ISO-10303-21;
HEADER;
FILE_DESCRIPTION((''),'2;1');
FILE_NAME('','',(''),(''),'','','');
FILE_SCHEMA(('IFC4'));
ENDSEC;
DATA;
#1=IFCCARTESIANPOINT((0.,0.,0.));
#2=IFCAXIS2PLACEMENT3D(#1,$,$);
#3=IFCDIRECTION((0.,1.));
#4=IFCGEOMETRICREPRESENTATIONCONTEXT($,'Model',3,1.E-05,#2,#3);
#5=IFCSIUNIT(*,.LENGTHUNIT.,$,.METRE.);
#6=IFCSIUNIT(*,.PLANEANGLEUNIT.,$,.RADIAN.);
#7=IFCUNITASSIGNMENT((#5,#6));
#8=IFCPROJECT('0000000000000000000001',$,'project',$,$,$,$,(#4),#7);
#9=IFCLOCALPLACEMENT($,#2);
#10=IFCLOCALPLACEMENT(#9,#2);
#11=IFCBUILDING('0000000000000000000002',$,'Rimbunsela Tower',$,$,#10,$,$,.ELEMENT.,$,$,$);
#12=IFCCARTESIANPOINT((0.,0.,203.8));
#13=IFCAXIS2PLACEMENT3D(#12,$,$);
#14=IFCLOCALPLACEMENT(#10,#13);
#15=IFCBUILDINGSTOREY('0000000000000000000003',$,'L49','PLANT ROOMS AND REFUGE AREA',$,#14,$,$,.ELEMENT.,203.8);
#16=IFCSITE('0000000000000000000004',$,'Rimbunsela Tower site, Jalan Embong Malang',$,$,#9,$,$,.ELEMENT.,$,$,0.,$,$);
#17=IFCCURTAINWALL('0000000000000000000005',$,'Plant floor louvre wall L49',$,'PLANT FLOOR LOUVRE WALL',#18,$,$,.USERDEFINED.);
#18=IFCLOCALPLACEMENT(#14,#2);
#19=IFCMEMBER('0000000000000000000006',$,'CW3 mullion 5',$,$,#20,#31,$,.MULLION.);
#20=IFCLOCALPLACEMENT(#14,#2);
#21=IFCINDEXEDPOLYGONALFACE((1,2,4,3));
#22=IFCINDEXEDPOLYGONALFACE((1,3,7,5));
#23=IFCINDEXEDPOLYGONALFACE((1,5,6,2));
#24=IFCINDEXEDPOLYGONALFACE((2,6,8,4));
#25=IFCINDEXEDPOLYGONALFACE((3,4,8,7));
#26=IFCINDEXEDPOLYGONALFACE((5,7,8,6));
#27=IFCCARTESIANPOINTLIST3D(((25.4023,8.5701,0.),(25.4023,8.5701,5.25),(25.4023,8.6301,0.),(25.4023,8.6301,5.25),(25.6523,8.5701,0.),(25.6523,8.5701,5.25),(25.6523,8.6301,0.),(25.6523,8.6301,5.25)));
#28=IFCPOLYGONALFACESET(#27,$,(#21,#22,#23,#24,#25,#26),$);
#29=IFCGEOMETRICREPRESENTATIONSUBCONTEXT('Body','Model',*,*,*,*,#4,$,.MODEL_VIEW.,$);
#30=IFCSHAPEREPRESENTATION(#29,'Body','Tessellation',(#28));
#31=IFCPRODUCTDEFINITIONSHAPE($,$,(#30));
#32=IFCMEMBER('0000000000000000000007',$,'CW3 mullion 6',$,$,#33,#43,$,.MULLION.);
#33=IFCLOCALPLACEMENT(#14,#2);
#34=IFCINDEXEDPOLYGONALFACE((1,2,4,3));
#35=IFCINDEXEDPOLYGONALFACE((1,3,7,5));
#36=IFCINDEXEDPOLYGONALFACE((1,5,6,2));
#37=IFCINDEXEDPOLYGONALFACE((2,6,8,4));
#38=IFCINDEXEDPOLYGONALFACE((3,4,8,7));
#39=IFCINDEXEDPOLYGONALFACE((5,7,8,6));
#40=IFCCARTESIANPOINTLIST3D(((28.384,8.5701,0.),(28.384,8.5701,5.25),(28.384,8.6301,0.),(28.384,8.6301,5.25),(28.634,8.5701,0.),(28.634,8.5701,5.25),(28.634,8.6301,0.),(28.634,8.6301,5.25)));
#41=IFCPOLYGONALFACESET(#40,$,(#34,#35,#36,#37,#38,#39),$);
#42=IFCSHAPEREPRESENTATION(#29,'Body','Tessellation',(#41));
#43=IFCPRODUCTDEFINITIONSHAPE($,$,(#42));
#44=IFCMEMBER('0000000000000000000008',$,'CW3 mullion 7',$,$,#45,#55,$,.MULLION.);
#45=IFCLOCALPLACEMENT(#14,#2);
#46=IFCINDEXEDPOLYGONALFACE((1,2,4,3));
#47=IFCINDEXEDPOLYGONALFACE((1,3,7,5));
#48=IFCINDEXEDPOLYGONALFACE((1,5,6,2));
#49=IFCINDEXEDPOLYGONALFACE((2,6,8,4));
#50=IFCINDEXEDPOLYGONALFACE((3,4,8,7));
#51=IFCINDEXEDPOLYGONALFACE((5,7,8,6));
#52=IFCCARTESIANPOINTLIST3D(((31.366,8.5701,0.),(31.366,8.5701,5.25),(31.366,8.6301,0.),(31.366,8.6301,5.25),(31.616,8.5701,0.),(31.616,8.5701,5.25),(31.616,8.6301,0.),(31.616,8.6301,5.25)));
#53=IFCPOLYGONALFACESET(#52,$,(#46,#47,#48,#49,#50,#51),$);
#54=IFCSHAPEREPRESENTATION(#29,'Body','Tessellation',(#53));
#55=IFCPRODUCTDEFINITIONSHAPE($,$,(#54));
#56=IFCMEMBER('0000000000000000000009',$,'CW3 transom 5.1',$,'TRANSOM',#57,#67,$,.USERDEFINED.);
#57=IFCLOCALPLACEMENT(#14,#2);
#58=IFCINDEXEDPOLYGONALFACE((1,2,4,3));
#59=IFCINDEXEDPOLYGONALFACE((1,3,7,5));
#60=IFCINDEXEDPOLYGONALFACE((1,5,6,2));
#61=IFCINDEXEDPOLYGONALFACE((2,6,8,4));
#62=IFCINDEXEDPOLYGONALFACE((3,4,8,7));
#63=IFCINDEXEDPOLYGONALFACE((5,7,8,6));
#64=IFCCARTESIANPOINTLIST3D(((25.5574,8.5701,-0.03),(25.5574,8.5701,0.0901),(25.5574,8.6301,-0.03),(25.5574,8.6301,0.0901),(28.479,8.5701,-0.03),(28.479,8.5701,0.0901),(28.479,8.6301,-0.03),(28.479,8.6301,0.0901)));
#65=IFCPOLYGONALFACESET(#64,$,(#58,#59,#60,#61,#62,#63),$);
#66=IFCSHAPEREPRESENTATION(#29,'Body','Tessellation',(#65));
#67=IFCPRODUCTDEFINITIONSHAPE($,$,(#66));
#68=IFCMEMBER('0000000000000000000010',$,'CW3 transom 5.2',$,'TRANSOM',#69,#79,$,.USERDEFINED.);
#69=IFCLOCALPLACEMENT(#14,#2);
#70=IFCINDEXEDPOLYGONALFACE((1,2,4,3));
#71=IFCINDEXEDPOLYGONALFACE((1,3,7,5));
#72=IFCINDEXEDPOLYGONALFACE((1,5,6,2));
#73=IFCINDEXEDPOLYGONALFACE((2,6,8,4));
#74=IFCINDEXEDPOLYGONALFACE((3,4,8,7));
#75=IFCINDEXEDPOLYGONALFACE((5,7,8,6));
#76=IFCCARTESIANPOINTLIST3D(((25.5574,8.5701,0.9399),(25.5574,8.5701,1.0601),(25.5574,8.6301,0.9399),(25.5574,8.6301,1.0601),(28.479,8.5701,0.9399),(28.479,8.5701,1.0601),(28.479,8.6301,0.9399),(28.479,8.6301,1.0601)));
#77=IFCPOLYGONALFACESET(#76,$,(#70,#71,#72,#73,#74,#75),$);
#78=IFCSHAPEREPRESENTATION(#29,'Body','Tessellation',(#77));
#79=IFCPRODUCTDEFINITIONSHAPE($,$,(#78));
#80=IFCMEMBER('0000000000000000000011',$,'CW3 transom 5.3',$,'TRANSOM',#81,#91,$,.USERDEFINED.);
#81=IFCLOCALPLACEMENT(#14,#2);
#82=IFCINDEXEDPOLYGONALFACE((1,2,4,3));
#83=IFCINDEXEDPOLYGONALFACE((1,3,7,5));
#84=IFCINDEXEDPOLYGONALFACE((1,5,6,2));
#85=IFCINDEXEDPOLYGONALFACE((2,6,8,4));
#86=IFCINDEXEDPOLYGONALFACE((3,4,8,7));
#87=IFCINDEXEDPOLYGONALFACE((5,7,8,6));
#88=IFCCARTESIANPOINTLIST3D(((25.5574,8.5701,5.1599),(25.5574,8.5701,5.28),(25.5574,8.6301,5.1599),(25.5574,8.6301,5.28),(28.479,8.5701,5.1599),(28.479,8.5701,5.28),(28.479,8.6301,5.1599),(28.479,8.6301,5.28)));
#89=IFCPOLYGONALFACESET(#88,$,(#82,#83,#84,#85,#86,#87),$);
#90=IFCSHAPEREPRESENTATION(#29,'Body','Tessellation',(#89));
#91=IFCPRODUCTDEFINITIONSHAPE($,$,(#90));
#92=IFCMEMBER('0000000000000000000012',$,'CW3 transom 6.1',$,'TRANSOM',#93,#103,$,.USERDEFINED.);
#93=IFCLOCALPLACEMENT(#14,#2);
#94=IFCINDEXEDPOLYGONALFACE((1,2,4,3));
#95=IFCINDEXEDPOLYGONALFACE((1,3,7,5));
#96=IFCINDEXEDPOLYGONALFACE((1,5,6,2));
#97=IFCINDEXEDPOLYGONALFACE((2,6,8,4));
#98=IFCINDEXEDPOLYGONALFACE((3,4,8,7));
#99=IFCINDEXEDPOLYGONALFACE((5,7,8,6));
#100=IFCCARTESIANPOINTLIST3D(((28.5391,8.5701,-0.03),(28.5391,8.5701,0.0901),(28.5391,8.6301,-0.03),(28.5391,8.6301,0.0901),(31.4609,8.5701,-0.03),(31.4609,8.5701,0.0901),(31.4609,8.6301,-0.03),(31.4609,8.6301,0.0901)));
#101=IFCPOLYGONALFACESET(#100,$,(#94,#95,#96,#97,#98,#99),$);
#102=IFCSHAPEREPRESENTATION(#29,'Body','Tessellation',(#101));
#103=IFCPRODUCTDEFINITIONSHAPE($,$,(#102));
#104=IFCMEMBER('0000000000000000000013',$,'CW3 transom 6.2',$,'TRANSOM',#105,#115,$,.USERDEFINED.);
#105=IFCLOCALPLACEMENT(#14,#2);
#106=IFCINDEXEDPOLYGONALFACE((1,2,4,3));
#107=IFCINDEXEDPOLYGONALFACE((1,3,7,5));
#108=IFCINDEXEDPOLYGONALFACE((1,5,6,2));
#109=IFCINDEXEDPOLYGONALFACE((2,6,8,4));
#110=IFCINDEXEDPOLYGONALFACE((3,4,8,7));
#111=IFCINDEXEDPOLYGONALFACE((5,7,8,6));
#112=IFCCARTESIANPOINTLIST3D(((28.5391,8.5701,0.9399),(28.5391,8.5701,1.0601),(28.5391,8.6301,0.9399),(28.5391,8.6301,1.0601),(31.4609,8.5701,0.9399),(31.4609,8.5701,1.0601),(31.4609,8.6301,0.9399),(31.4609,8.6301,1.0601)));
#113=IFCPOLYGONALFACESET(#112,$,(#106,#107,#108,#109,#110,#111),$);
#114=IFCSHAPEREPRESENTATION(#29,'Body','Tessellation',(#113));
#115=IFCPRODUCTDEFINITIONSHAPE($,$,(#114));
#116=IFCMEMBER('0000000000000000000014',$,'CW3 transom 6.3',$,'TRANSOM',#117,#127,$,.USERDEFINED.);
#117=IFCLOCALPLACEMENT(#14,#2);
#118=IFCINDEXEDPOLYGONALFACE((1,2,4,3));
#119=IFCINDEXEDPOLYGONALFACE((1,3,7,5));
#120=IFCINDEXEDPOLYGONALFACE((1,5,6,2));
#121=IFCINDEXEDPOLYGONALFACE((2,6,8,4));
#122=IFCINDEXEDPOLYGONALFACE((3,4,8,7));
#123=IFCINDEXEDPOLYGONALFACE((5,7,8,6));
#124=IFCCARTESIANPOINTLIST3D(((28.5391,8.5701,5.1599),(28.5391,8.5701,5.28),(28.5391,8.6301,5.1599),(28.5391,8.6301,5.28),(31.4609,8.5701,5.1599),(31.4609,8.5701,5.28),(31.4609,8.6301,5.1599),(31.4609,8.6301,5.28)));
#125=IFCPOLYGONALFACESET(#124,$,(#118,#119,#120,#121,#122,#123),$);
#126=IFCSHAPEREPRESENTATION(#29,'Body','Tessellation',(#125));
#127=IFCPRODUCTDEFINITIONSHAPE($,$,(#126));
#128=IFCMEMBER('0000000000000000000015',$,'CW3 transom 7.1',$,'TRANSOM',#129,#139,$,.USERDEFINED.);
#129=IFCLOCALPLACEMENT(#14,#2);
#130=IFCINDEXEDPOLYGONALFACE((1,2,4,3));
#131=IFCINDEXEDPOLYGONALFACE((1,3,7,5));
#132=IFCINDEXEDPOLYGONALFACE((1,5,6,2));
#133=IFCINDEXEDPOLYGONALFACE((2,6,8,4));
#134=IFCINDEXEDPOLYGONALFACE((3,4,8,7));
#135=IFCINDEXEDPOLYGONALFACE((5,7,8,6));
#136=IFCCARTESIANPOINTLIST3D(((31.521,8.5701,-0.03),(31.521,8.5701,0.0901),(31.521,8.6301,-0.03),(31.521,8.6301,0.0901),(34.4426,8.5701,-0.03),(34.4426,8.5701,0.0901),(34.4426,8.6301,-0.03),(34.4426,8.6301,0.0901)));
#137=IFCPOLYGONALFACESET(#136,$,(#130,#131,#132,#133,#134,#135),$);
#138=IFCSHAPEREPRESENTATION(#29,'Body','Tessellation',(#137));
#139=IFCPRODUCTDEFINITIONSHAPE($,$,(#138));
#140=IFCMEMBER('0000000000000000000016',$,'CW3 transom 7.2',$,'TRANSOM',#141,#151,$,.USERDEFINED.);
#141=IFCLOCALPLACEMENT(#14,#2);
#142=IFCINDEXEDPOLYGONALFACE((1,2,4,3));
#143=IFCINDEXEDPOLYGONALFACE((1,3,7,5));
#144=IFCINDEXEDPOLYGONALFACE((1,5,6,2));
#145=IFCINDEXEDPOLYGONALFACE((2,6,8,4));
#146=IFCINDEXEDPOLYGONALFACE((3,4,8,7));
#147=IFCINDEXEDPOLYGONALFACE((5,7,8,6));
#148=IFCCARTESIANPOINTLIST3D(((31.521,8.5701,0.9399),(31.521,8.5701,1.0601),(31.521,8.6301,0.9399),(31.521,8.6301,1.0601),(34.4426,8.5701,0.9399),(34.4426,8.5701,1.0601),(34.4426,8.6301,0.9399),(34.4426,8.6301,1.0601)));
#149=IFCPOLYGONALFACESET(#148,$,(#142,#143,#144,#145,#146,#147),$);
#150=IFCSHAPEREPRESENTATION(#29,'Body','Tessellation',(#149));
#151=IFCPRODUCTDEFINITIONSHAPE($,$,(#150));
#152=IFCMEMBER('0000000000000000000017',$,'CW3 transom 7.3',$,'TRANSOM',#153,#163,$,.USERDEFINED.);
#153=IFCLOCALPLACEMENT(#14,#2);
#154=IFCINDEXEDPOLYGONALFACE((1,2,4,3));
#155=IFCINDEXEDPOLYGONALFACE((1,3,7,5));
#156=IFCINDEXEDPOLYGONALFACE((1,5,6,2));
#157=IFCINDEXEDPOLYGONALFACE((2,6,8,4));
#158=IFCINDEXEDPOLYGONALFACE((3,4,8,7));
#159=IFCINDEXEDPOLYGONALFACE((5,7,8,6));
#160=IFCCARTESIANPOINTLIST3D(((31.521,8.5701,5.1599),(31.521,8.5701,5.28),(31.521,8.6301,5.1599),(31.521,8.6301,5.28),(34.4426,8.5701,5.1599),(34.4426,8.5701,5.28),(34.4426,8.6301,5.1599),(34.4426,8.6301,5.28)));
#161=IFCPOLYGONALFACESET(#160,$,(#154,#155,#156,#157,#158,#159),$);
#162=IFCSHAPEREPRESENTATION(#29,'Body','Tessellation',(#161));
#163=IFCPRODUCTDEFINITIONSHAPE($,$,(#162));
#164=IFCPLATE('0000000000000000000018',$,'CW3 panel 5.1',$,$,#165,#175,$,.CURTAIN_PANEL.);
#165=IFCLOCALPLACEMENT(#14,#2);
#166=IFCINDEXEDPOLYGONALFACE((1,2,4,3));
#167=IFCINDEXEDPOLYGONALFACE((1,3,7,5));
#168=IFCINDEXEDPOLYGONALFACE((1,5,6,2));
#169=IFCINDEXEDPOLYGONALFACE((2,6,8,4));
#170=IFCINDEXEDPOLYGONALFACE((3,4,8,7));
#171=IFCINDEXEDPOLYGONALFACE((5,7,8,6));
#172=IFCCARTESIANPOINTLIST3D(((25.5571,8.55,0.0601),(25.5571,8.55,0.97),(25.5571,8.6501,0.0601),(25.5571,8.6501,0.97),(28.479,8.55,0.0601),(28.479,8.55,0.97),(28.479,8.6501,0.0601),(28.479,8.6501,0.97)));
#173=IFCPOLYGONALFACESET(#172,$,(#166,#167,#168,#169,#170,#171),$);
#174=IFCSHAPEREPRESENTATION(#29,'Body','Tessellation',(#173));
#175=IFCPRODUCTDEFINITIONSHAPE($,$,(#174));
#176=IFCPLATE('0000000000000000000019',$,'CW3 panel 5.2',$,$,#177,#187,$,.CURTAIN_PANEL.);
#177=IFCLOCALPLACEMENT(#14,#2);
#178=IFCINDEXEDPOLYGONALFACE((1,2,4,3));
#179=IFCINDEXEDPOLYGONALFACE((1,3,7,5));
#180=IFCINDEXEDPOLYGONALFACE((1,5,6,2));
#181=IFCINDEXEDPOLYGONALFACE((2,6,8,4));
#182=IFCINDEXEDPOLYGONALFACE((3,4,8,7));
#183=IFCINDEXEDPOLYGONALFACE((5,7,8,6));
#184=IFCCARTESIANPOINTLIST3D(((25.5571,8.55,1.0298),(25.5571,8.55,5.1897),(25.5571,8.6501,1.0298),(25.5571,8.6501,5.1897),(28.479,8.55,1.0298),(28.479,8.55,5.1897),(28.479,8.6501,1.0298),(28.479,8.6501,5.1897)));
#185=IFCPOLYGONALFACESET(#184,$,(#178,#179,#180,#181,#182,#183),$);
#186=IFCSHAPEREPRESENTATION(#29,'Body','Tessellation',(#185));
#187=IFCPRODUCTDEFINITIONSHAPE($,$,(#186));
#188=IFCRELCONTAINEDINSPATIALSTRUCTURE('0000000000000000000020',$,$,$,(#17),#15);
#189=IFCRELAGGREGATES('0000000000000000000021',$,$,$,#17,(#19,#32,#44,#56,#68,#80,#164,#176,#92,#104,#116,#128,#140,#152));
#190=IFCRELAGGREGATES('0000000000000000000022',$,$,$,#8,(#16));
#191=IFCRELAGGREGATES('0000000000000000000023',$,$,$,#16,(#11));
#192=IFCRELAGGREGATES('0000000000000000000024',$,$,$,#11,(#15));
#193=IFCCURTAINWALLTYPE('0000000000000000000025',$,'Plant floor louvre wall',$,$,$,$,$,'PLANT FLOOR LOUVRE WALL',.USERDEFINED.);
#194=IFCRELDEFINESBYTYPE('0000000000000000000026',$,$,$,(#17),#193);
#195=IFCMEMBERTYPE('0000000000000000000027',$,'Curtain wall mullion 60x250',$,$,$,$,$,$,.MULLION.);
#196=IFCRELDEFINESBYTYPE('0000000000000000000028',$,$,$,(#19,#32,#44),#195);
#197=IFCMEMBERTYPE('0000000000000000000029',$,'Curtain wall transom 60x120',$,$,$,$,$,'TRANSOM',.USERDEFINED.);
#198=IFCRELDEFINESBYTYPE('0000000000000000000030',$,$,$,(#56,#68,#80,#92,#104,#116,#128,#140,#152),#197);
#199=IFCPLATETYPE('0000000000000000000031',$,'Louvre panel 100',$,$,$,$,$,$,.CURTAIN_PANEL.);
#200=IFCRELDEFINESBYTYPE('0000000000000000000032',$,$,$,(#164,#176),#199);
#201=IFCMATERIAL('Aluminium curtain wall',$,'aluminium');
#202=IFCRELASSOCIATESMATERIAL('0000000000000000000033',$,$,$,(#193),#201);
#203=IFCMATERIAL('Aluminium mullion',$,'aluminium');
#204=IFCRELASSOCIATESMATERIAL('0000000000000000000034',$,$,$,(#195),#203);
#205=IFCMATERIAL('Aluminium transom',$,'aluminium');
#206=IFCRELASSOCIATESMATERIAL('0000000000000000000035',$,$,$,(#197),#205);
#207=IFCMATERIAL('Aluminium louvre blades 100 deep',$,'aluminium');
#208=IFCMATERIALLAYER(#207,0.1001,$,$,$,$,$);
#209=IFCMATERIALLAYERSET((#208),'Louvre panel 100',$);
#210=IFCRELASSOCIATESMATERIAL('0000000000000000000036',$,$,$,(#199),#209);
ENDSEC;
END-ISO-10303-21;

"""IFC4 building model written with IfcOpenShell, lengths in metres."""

from ifc_helpers import new_model, si_unit, direction, frame, origin, origin_2d, place, context, subcontext, project, spatial, rectangle, extrude, material, layer, layer_set, material_profile, profile_set, type_object, element, aggregate, save


model = new_model("IFC4")

# Units and contexts
model_context = context("Model", 3, precision=1e-05, world=origin(), true_north=direction((0.0, 1.0)))
body_context = subcontext(model_context, "Body", "Model", "MODEL_VIEW")
ifc_project = project(units=[si_unit("LENGTHUNIT", "METRE"), si_unit("PLANEANGLEUNIT", "RADIAN")], contexts=[model_context])

# Site, building, storey
site_placement = place(None, origin())
site = spatial("IfcSite", under=ifc_project, at=site_placement, Name="Rimbunsela Tower site, Jalan Embong Malang", CompositionType="ELEMENT", RefElevation=0.0)
building_placement = place(site_placement, origin())
building = spatial("IfcBuilding", under=site, at=building_placement, Name="Rimbunsela Tower", CompositionType="ELEMENT")
storey_placement = place(building_placement, frame((0.0, 0.0, 203.8)))
storey = spatial("IfcBuildingStorey", under=building, at=storey_placement, Name="L49", Description="PLANT ROOMS AND REFUGE AREA", CompositionType="ELEMENT", Elevation=203.8)

# Curtain wall, members, plates
ifc_material_1 = material(Name="Aluminium curtain wall", Category="aluminium")
curtain_wall_type = type_object("IfcCurtainWallType", Name="Plant floor louvre wall", ElementType="PLANT FLOOR LOUVRE WALL", PredefinedType="USERDEFINED", material=ifc_material_1)
curtain_wall_placement = place(storey_placement, origin())
curtain_wall = element("IfcCurtainWall", 1, at=curtain_wall_placement, inside=storey, type_object=curtain_wall_type, Name="Plant floor louvre wall L49", ObjectType="PLANT FLOOR LOUVRE WALL", PredefinedType="USERDEFINED")
ifc_material_2 = material(Name="Aluminium mullion", Category="aluminium")
ifc_material_profile_1 = material_profile(ifc_material_2, rectangle(XDim=0.0601, YDim=0.25, at=origin_2d()), Name="Mullion 60x250")
ifc_profile_set_1 = profile_set([ifc_material_profile_1], Name="Aluminium mullion")
member_type_1 = type_object("IfcMemberType", Name="Curtain wall mullion 60x250", PredefinedType="MULLION", material=ifc_profile_set_1)
member_1_placement = place(storey_placement, frame((25.5273, 8.6001, 0.0), z_axis=(0.0, 0.0, 1.0), x_axis=(0.0, 1.0, 0.0)))
member_1 = element("IfcMember", 2, at=member_1_placement, type_object=member_type_1, Name="CW3 mullion 5", PredefinedType="MULLION", context=body_context, shape_type="SweptSolid", body=[
    extrude(rectangle(XDim=0.0601, YDim=0.25, at=origin_2d()), origin(), (0.0, 0.0, 1.0), 5.25),
])
member_2_placement = place(storey_placement, frame((28.509, 8.6001, 0.0), z_axis=(0.0, 0.0, 1.0), x_axis=(0.0, 1.0, 0.0)))
member_2 = element("IfcMember", 3, at=member_2_placement, type_object=member_type_1, Name="CW3 mullion 6", PredefinedType="MULLION", context=body_context, shape_type="SweptSolid", body=[
    extrude(rectangle(XDim=0.0601, YDim=0.25, at=origin_2d()), origin(), (0.0, 0.0, 1.0), 5.25),
])
member_3_placement = place(storey_placement, frame((31.491, 8.6001, 0.0), z_axis=(0.0, 0.0, 1.0), x_axis=(0.0, 1.0, 0.0)))
member_3 = element("IfcMember", 4, at=member_3_placement, type_object=member_type_1, Name="CW3 mullion 7", PredefinedType="MULLION", context=body_context, shape_type="SweptSolid", body=[
    extrude(rectangle(XDim=0.0601, YDim=0.25, at=origin_2d()), origin(), (0.0, 0.0, 1.0), 5.25),
])
ifc_material_3 = material(Name="Aluminium transom", Category="aluminium")
ifc_material_profile_2 = material_profile(ifc_material_3, rectangle(XDim=0.0601, YDim=0.1201, at=origin_2d()), Name="Transom 60x120")
ifc_profile_set_2 = profile_set([ifc_material_profile_2], Name="Aluminium transom")
member_type_2 = type_object("IfcMemberType", Name="Curtain wall transom 60x120", ElementType="TRANSOM", PredefinedType="USERDEFINED", material=ifc_profile_set_2)
member_4_placement = place(storey_placement, frame((25.5574, 8.6001, 0.03), z_axis=(1.0, 0.0, 0.0), x_axis=(0.0, 1.0, 0.0)))
member_4 = element("IfcMember", 5, at=member_4_placement, type_object=member_type_2, Name="CW3 transom 5.1", ObjectType="TRANSOM", PredefinedType="USERDEFINED", context=body_context, shape_type="SweptSolid", body=[
    extrude(rectangle(XDim=0.0601, YDim=0.1201, at=origin_2d()), origin(), (0.0, 0.0, 1.0), 2.9216),
])
member_5_placement = place(storey_placement, frame((25.5574, 8.6001, 1.0), z_axis=(1.0, 0.0, 0.0), x_axis=(0.0, 1.0, 0.0)))
member_5 = element("IfcMember", 6, at=member_5_placement, type_object=member_type_2, Name="CW3 transom 5.2", ObjectType="TRANSOM", PredefinedType="USERDEFINED", context=body_context, shape_type="SweptSolid", body=[
    extrude(rectangle(XDim=0.0601, YDim=0.1201, at=origin_2d()), origin(), (0.0, 0.0, 1.0), 2.9216),
])
member_6_placement = place(storey_placement, frame((25.5574, 8.6001, 5.22), z_axis=(1.0, 0.0, 0.0), x_axis=(0.0, 1.0, 0.0)))
member_6 = element("IfcMember", 7, at=member_6_placement, type_object=member_type_2, Name="CW3 transom 5.3", ObjectType="TRANSOM", PredefinedType="USERDEFINED", context=body_context, shape_type="SweptSolid", body=[
    extrude(rectangle(XDim=0.0601, YDim=0.1201, at=origin_2d()), origin(), (0.0, 0.0, 1.0), 2.9216),
])
member_7_placement = place(storey_placement, frame((28.5391, 8.6001, 0.03), z_axis=(1.0, 0.0, 0.0), x_axis=(0.0, 1.0, 0.0)))
member_7 = element("IfcMember", 8, at=member_7_placement, type_object=member_type_2, Name="CW3 transom 6.1", ObjectType="TRANSOM", PredefinedType="USERDEFINED", context=body_context, shape_type="SweptSolid", body=[
    extrude(rectangle(XDim=0.0601, YDim=0.1201, at=origin_2d()), origin(), (0.0, 0.0, 1.0), 2.9219),
])
member_8_placement = place(storey_placement, frame((28.5391, 8.6001, 1.0), z_axis=(1.0, 0.0, 0.0), x_axis=(0.0, 1.0, 0.0)))
member_8 = element("IfcMember", 9, at=member_8_placement, type_object=member_type_2, Name="CW3 transom 6.2", ObjectType="TRANSOM", PredefinedType="USERDEFINED", context=body_context, shape_type="SweptSolid", body=[
    extrude(rectangle(XDim=0.0601, YDim=0.1201, at=origin_2d()), origin(), (0.0, 0.0, 1.0), 2.9219),
])
member_9_placement = place(storey_placement, frame((28.5391, 8.6001, 5.22), z_axis=(1.0, 0.0, 0.0), x_axis=(0.0, 1.0, 0.0)))
member_9 = element("IfcMember", 10, at=member_9_placement, type_object=member_type_2, Name="CW3 transom 6.3", ObjectType="TRANSOM", PredefinedType="USERDEFINED", context=body_context, shape_type="SweptSolid", body=[
    extrude(rectangle(XDim=0.0601, YDim=0.1201, at=origin_2d()), origin(), (0.0, 0.0, 1.0), 2.9219),
])
member_10_placement = place(storey_placement, frame((31.521, 8.6001, 0.03), z_axis=(1.0, 0.0, 0.0), x_axis=(0.0, 1.0, 0.0)))
member_10 = element("IfcMember", 11, at=member_10_placement, type_object=member_type_2, Name="CW3 transom 7.1", ObjectType="TRANSOM", PredefinedType="USERDEFINED", context=body_context, shape_type="SweptSolid", body=[
    extrude(rectangle(XDim=0.0601, YDim=0.1201, at=origin_2d()), origin(), (0.0, 0.0, 1.0), 2.9216),
])
member_11_placement = place(storey_placement, frame((31.521, 8.6001, 1.0), z_axis=(1.0, 0.0, 0.0), x_axis=(0.0, 1.0, 0.0)))
member_11 = element("IfcMember", 12, at=member_11_placement, type_object=member_type_2, Name="CW3 transom 7.2", ObjectType="TRANSOM", PredefinedType="USERDEFINED", context=body_context, shape_type="SweptSolid", body=[
    extrude(rectangle(XDim=0.0601, YDim=0.1201, at=origin_2d()), origin(), (0.0, 0.0, 1.0), 2.9216),
])
member_12_placement = place(storey_placement, frame((31.521, 8.6001, 5.22), z_axis=(1.0, 0.0, 0.0), x_axis=(0.0, 1.0, 0.0)))
member_12 = element("IfcMember", 13, at=member_12_placement, type_object=member_type_2, Name="CW3 transom 7.3", ObjectType="TRANSOM", PredefinedType="USERDEFINED", context=body_context, shape_type="SweptSolid", body=[
    extrude(rectangle(XDim=0.0601, YDim=0.1201, at=origin_2d()), origin(), (0.0, 0.0, 1.0), 2.9216),
])
ifc_material_4 = material(Name="Aluminium louvre blades 100 deep", Category="aluminium")
ifc_layer_1 = layer(ifc_material_4, 0.1001)
ifc_layer_set_1 = layer_set([ifc_layer_1], Name="Louvre panel 100")
plate_type = type_object("IfcPlateType", Name="Louvre panel 100", PredefinedType="CURTAIN_PANEL", material=ifc_layer_set_1)
plate_1_placement = place(storey_placement, frame((27.0181, 8.6001, 0.0601), z_axis=(0.0, 0.0, 1.0), x_axis=(1.0, 0.0, 0.0)))
plate_1 = element("IfcPlate", 14, at=plate_1_placement, type_object=plate_type, Name="CW3 panel 5.1", PredefinedType="CURTAIN_PANEL", context=body_context, shape_type="SweptSolid", body=[
    extrude(rectangle(XDim=2.9219, YDim=0.1001, at=origin_2d()), origin(), (0.0, 0.0, 1.0), 0.9099),
])
plate_2_placement = place(storey_placement, frame((27.0181, 8.6001, 1.0298), z_axis=(0.0, 0.0, 1.0), x_axis=(1.0, 0.0, 0.0)))
plate_2 = element("IfcPlate", 15, at=plate_2_placement, type_object=plate_type, Name="CW3 panel 5.2", PredefinedType="CURTAIN_PANEL", context=body_context, shape_type="SweptSolid", body=[
    extrude(rectangle(XDim=2.9219, YDim=0.1001, at=origin_2d()), origin(), (0.0, 0.0, 1.0), 4.1599),
])
aggregate(curtain_wall, [member_1, member_2, member_3, member_4, member_5, member_6, plate_1, plate_2, member_7, member_8, member_9, member_10, member_11, member_12])

save(model, "model.ifc")
